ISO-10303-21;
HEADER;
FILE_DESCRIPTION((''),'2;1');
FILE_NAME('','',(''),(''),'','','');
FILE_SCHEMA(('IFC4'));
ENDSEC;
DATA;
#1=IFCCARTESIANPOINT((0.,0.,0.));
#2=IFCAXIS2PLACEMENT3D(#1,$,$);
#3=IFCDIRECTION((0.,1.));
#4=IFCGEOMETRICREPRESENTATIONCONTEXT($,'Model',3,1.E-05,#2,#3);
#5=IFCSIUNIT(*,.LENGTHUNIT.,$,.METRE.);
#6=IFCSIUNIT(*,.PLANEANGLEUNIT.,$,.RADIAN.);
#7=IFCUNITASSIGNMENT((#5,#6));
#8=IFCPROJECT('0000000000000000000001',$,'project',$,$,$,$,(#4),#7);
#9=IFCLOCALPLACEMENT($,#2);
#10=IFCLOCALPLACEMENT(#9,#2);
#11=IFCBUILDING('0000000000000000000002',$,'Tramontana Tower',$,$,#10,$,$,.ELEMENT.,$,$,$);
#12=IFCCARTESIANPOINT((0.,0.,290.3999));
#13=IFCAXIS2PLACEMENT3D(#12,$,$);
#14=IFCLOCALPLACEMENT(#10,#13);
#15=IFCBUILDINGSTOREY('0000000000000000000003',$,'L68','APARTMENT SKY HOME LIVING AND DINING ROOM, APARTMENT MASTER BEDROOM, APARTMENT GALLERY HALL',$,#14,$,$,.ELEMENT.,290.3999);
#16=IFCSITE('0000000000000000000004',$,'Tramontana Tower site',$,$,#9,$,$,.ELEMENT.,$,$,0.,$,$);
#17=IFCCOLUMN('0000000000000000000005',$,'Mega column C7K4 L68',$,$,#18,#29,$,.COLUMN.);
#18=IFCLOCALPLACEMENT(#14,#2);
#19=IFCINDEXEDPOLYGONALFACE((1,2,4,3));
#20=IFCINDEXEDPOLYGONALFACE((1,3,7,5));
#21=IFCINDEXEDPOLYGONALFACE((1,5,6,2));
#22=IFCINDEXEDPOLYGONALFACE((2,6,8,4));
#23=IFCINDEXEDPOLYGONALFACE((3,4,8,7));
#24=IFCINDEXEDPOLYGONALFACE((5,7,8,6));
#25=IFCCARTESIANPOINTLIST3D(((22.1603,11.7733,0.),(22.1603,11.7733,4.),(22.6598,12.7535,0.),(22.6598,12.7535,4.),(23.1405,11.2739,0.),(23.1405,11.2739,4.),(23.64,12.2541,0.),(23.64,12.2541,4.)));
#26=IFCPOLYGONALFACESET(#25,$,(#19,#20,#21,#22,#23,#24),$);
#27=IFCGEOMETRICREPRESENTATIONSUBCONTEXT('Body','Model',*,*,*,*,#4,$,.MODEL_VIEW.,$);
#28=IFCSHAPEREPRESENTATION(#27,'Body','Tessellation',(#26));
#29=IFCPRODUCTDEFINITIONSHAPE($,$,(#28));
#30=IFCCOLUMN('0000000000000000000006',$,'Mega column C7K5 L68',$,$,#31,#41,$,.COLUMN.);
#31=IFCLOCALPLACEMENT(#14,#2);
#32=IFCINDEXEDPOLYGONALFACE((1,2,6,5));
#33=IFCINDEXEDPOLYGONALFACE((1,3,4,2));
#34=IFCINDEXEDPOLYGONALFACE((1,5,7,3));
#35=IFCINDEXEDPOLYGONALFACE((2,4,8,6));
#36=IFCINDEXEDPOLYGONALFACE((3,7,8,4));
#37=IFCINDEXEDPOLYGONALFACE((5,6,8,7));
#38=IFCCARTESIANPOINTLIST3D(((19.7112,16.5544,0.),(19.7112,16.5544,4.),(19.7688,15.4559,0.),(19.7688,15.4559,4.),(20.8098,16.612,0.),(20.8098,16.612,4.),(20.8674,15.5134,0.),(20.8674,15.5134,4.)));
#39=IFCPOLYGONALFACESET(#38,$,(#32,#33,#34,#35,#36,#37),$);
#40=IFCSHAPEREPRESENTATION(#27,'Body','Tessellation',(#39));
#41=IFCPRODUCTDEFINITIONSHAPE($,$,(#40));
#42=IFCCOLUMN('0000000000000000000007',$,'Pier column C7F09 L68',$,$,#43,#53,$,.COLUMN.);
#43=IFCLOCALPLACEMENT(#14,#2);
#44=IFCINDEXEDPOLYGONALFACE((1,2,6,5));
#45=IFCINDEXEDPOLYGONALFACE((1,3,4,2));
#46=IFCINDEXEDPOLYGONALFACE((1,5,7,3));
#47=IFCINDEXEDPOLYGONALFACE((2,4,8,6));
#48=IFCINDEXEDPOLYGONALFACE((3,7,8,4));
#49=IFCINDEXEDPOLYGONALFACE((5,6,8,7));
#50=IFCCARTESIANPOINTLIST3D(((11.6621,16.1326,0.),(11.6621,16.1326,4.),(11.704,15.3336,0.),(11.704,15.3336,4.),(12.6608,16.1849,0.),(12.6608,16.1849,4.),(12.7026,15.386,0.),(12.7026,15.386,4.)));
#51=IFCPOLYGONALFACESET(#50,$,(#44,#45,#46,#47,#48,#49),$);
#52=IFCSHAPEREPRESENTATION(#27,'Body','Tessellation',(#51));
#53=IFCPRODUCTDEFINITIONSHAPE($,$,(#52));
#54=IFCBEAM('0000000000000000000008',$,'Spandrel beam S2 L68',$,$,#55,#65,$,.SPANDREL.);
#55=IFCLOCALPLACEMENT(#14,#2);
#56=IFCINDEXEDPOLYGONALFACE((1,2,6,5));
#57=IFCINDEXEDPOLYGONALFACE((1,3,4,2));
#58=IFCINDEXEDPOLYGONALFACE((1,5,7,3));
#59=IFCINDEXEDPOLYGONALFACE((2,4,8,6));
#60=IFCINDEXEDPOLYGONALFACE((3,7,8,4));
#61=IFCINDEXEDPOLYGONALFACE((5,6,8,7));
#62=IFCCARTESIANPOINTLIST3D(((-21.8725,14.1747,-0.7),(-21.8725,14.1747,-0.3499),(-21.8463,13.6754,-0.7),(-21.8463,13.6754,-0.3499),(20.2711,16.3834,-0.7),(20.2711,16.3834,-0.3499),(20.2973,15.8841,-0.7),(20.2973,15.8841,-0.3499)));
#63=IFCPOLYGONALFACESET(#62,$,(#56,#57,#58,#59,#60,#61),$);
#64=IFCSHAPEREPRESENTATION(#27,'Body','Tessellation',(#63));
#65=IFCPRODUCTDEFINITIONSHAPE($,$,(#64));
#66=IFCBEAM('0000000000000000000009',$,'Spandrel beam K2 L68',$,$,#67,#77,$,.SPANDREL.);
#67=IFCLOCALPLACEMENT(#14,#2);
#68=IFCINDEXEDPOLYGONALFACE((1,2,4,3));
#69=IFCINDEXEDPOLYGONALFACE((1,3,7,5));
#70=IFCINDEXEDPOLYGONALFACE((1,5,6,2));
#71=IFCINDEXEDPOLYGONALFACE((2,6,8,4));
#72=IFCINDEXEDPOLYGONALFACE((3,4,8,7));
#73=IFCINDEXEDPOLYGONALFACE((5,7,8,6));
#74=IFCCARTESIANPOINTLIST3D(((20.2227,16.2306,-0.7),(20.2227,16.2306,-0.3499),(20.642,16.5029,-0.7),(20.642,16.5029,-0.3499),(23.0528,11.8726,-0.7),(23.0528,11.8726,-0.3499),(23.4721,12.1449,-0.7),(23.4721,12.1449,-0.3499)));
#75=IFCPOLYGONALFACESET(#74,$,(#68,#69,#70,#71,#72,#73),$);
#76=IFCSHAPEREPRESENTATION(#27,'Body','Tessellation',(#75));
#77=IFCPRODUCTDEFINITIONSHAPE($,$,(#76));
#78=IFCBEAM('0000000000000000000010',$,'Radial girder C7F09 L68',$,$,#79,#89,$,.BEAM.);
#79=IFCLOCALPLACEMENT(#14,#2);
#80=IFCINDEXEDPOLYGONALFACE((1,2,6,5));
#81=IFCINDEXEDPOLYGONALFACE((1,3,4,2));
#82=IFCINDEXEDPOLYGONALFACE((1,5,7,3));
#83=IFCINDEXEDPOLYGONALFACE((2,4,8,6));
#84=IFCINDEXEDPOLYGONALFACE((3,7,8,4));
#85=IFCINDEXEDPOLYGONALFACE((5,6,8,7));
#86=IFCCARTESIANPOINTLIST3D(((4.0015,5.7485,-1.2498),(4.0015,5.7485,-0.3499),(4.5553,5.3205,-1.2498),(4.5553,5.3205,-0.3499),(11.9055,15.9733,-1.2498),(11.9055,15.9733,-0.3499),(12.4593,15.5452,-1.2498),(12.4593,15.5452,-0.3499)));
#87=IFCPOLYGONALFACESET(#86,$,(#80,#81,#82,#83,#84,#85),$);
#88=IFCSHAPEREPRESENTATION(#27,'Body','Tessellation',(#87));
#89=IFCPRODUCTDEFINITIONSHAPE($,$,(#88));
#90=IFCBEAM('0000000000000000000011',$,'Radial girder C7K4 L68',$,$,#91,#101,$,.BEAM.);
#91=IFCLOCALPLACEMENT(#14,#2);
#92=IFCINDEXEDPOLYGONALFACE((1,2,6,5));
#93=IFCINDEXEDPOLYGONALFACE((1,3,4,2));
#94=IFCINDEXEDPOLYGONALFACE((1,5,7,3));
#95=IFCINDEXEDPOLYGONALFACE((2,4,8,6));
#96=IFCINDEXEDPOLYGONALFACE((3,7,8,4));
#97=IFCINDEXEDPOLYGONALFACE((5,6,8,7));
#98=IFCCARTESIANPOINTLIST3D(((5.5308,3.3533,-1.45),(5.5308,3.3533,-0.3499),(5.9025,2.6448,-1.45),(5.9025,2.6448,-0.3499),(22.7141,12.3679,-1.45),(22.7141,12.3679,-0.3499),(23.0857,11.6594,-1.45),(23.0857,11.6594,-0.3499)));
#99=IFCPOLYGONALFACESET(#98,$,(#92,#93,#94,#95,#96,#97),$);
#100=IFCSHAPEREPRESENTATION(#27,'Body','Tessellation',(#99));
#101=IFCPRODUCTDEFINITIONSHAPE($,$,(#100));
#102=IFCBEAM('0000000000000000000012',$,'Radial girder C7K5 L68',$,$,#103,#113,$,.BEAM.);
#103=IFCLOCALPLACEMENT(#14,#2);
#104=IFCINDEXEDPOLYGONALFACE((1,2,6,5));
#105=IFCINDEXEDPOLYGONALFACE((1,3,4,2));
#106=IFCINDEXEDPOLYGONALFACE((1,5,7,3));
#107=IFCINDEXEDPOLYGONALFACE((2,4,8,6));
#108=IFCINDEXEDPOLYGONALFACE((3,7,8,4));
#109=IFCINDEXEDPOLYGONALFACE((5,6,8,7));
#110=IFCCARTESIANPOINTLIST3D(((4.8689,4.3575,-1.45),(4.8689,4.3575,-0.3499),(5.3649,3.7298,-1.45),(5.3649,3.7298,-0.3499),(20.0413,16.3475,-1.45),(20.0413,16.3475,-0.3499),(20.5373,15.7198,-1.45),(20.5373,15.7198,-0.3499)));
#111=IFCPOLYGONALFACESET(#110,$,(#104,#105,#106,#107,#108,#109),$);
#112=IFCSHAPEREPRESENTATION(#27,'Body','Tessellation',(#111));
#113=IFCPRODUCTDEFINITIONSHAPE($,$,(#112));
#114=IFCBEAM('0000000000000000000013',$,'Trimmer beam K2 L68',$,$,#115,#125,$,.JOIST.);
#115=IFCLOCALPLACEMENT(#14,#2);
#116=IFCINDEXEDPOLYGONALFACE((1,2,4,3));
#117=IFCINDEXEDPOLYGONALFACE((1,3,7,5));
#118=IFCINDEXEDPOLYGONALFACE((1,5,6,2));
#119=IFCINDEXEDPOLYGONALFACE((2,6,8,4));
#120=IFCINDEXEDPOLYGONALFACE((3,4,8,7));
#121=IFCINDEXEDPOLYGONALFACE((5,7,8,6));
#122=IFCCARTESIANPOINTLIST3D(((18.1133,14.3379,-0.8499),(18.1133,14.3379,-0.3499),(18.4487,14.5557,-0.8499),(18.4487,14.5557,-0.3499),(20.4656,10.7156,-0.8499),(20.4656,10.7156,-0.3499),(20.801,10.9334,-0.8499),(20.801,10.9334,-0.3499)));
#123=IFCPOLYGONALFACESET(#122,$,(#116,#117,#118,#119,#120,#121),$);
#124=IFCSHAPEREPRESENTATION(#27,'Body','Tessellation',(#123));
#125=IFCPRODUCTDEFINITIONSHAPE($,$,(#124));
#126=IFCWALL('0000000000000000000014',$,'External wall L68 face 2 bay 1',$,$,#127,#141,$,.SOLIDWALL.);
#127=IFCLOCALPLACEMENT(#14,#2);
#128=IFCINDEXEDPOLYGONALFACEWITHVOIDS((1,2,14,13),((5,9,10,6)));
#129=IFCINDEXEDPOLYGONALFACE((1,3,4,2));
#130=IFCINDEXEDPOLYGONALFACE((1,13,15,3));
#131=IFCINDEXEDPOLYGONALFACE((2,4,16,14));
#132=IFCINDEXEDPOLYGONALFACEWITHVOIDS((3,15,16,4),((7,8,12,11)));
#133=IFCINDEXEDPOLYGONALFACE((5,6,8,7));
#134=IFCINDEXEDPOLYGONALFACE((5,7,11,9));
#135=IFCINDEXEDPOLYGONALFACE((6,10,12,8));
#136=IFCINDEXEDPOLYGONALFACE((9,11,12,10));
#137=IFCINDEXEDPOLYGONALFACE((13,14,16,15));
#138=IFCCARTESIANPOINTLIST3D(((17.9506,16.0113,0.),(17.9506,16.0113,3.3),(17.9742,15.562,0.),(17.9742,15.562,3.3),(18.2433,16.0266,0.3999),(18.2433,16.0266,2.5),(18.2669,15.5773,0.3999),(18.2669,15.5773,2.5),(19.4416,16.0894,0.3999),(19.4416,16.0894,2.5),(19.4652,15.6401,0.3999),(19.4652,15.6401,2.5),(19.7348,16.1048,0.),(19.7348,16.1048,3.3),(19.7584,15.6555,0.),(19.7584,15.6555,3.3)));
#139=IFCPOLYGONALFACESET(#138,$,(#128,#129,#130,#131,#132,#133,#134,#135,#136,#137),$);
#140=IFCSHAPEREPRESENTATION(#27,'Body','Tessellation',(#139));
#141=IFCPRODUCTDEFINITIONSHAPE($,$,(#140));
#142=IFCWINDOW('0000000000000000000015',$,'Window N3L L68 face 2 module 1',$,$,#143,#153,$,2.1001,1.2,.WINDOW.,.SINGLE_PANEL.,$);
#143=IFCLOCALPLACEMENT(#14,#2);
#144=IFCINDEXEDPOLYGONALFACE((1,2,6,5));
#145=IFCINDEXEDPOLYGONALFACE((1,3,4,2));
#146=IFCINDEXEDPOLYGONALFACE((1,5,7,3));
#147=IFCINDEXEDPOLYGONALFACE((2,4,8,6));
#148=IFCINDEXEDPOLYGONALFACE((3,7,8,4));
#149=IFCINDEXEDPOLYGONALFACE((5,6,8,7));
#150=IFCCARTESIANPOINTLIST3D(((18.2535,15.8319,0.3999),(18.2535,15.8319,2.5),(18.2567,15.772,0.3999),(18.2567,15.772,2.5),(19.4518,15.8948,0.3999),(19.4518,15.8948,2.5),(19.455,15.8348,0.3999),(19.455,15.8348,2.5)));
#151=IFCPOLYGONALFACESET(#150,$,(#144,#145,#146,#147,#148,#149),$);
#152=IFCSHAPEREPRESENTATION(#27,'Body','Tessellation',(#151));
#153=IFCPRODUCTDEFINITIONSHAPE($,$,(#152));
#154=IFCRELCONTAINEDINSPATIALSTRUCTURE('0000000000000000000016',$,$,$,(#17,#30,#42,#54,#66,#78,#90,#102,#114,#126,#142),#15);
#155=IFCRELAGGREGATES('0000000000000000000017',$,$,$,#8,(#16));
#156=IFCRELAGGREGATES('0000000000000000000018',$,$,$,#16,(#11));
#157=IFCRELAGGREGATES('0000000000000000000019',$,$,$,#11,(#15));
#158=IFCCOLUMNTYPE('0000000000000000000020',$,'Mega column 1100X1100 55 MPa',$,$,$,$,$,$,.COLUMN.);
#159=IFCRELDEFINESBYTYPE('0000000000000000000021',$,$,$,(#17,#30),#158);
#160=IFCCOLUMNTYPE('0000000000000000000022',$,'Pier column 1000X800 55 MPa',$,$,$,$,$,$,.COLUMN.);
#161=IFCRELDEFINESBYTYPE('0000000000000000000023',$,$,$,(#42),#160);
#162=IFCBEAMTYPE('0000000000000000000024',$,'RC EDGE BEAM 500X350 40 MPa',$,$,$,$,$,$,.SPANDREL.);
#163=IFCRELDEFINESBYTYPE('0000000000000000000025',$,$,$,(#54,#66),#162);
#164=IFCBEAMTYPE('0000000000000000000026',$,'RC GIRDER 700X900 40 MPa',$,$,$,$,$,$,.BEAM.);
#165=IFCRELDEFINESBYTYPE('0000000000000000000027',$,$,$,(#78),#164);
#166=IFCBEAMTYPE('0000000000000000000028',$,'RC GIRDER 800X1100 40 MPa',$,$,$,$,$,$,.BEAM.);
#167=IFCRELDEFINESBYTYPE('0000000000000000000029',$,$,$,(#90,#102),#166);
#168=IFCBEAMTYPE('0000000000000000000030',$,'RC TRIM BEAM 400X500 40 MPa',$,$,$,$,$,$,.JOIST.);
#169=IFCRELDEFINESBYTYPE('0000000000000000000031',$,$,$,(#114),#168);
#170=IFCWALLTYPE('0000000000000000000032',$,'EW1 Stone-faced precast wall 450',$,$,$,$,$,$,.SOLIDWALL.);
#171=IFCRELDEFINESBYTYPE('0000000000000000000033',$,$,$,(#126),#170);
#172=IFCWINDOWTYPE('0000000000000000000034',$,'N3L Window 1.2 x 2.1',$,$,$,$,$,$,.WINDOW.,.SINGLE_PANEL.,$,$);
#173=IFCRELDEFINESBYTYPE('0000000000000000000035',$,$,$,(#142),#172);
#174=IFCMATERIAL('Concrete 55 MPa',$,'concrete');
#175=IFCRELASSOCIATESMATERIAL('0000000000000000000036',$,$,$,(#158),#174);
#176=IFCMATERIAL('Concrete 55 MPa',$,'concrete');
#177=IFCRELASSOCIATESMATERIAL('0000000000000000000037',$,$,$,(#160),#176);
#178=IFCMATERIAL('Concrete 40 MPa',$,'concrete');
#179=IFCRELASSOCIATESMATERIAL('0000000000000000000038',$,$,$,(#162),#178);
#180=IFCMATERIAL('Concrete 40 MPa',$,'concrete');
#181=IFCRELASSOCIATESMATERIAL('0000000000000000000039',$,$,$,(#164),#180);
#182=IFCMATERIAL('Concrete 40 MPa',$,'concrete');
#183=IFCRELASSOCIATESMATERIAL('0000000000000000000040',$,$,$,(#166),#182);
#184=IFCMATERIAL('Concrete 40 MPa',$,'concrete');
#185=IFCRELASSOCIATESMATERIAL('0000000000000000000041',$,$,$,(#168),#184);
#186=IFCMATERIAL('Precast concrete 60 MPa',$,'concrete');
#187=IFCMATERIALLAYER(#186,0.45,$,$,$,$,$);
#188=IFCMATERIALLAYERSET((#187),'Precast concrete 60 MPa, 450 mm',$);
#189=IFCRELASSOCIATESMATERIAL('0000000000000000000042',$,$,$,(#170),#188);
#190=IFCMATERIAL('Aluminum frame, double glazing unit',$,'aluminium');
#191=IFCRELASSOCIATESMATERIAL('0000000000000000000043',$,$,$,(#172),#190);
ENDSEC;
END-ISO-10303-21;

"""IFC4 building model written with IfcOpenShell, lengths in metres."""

from ifc_helpers import new_model, si_unit, direction, frame, frame_2d, origin, origin_2d, place, context, subcontext, project, spatial, rectangle, extrude, material, layer, layer_set, material_profile, profile_set, type_object, element, fill, save


model = new_model("IFC4")

# Units and contexts
model_context = context("Model", 3, precision=1e-05, world=origin(), true_north=direction((0.0, 1.0)))
body_context = subcontext(model_context, "Body", "Model", "MODEL_VIEW")
ifc_project = project(units=[si_unit("LENGTHUNIT", "METRE"), si_unit("PLANEANGLEUNIT", "RADIAN")], contexts=[model_context])

# Site, building, storey
site_placement = place(None, origin())
site = spatial("IfcSite", under=ifc_project, at=site_placement, Name="Tramontana Tower site", CompositionType="ELEMENT", RefElevation=0.0)
building_placement = place(site_placement, origin())
building = spatial("IfcBuilding", under=site, at=building_placement, Name="Tramontana Tower", CompositionType="ELEMENT")
storey_placement = place(building_placement, frame((0.0, 0.0, 290.3999)))
storey = spatial("IfcBuildingStorey", under=building, at=storey_placement, Name="L68", Description="APARTMENT SKY HOME LIVING AND DINING ROOM, APARTMENT MASTER BEDROOM, APARTMENT GALLERY HALL", CompositionType="ELEMENT", Elevation=290.3999)

# Columns
ifc_material_1 = material(Name="Concrete 55 MPa", Category="concrete")
ifc_material_profile_1 = material_profile(ifc_material_1, rectangle(XDim=1.1001, YDim=1.1001, at=origin_2d()), Name="Mega column 1100X1100 55 MPa")
ifc_profile_set_1 = profile_set([ifc_material_profile_1], Name="Concrete 55 MPa")
column_type_1 = type_object("IfcColumnType", Name="Mega column 1100X1100 55 MPa", PredefinedType="COLUMN", material=ifc_profile_set_1)
for number, where, z_axis, x_axis, name in (
    (1, (22.9001, 12.0137, 0.0), (0.0, 0.0, 1.0), (0.45399, 0.891007, 0.0), "Mega column C7K4 L68"),
    (2, (20.2893, 16.0339, 0.0), (0.0, 0.0, 1.0), (-0.99863, -0.052336, 0.0), "Mega column C7K5 L68"),
):
    element("IfcColumn", number, at=place(storey_placement, frame(where, z_axis=z_axis, x_axis=x_axis)), inside=storey, type_object=column_type_1, Name=name, PredefinedType="COLUMN", context=body_context, shape_type="SweptSolid", body=[
        extrude(rectangle(XDim=1.1001, YDim=1.1001, at=origin_2d()), origin(), (0.0, 0.0, 1.0), 4.0),
    ])
ifc_material_2 = material(Name="Concrete 55 MPa", Category="concrete")
ifc_material_profile_2 = material_profile(ifc_material_2, rectangle(XDim=1.0, YDim=0.8, at=origin_2d()), Name="Pier column 1000X800 55 MPa")
ifc_profile_set_2 = profile_set([ifc_material_profile_2], Name="Concrete 55 MPa")
column_type_2 = type_object("IfcColumnType", Name="Pier column 1000X800 55 MPa", PredefinedType="COLUMN", material=ifc_profile_set_2)
column_placement = place(storey_placement, frame((12.1824, 15.7593, 0.0), z_axis=(0.0, 0.0, 1.0), x_axis=(-0.99863, -0.052336, 0.0)))
element("IfcColumn", 3, at=column_placement, inside=storey, type_object=column_type_2, Name="Pier column C7F09 L68", PredefinedType="COLUMN", context=body_context, shape_type="SweptSolid", body=[
    extrude(rectangle(XDim=1.0, YDim=0.8, at=origin_2d()), origin(), (0.0, 0.0, 1.0), 4.0),
])

# Beams
ifc_material_3 = material(Name="Concrete 40 MPa", Category="concrete")
ifc_material_profile_3 = material_profile(ifc_material_3, rectangle(XDim=0.5, YDim=0.3501, at=origin_2d()), Name="RC EDGE BEAM 500X350 40 MPa")
ifc_profile_set_3 = profile_set([ifc_material_profile_3], Name="Concrete 40 MPa")
beam_type_1 = type_object("IfcBeamType", Name="RC EDGE BEAM 500X350 40 MPa", PredefinedType="SPANDREL", material=ifc_profile_set_3)
beam_1_placement = place(storey_placement, frame((20.2842, 16.1338, -0.5249), z_axis=(-0.998629, -0.052338, 0.0), x_axis=(0.052338, -0.998629, 0.0)))
element("IfcBeam", 4, at=beam_1_placement, inside=storey, type_object=beam_type_1, Name="Spandrel beam S2 L68", PredefinedType="SPANDREL", context=body_context, shape_type="SweptSolid", body=[
    extrude(rectangle(XDim=0.5, YDim=0.3501, at=origin_2d()), origin(), (0.0, 0.0, 1.0), 42.2014),
])
beam_2_placement = place(storey_placement, frame((23.2625, 12.0088, -0.5249), z_axis=(-0.544641, 0.838669, 0.0), x_axis=(-0.838669, -0.544641, 0.0)))
element("IfcBeam", 5, at=beam_2_placement, inside=storey, type_object=beam_type_1, Name="Spandrel beam K2 L68", PredefinedType="SPANDREL", context=body_context, shape_type="SweptSolid", body=[
    extrude(rectangle(XDim=0.5, YDim=0.3501, at=origin_2d()), origin(), (0.0, 0.0, 1.0), 5.1963),
])
ifc_material_4 = material(Name="Concrete 40 MPa", Category="concrete")
ifc_material_profile_4 = material_profile(ifc_material_4, rectangle(XDim=0.7, YDim=0.8999, at=origin_2d()), Name="RC GIRDER 700X900 40 MPa")
ifc_profile_set_4 = profile_set([ifc_material_profile_4], Name="Concrete 40 MPa")
beam_type_2 = type_object("IfcBeamType", Name="RC GIRDER 700X900 40 MPa", PredefinedType="BEAM", material=ifc_profile_set_4)
beam_3_placement = place(storey_placement, frame((12.1824, 15.7593, -0.7998), z_axis=(-0.611594, -0.791172, 0.0), x_axis=(0.791172, -0.611594, 0.0)))
element("IfcBeam", 6, at=beam_3_placement, inside=storey, type_object=beam_type_2, Name="Radial girder C7F09 L68", PredefinedType="BEAM", context=body_context, shape_type="SweptSolid", body=[
    extrude(rectangle(XDim=0.7, YDim=0.8999, at=origin_2d()), origin(), (0.0, 0.0, 1.0), 12.9236),
])
ifc_material_5 = material(Name="Concrete 40 MPa", Category="concrete")
ifc_material_profile_5 = material_profile(ifc_material_5, rectangle(XDim=0.8, YDim=1.1001, at=origin_2d()), Name="RC GIRDER 800X1100 40 MPa")
ifc_profile_set_5 = profile_set([ifc_material_profile_5], Name="Concrete 40 MPa")
beam_type_3 = type_object("IfcBeamType", Name="RC GIRDER 800X1100 40 MPa", PredefinedType="BEAM", material=ifc_profile_set_5)
beam_4_placement = place(storey_placement, frame((22.8999, 12.0137, -0.8999), z_axis=(-0.885538, -0.464567, 0.0), x_axis=(0.464567, -0.885538, 0.0)))
element("IfcBeam", 7, at=beam_4_placement, inside=storey, type_object=beam_type_3, Name="Radial girder C7K4 L68", PredefinedType="BEAM", context=body_context, shape_type="SweptSolid", body=[
    extrude(rectangle(XDim=0.8, YDim=1.1001, at=origin_2d()), origin(), (0.0, 0.0, 1.0), 19.4043),
])
beam_5_placement = place(storey_placement, frame((20.2893, 16.0337, -0.8999), z_axis=(-0.784586, -0.62002, 0.0), x_axis=(0.62002, -0.784586, 0.0)))
element("IfcBeam", 8, at=beam_5_placement, inside=storey, type_object=beam_type_3, Name="Radial girder C7K5 L68", PredefinedType="BEAM", context=body_context, shape_type="SweptSolid", body=[
    extrude(rectangle(XDim=0.8, YDim=1.1001, at=origin_2d()), origin(), (0.0, 0.0, 1.0), 19.3381),
])
ifc_material_6 = material(Name="Concrete 40 MPa", Category="concrete")
ifc_material_profile_6 = material_profile(ifc_material_6, rectangle(XDim=0.3999, YDim=0.5, at=origin_2d()), Name="RC TRIM BEAM 400X500 40 MPa")
ifc_profile_set_6 = profile_set([ifc_material_profile_6], Name="Concrete 40 MPa")
beam_type_4 = type_object("IfcBeamType", Name="RC TRIM BEAM 400X500 40 MPa", PredefinedType="JOIST", material=ifc_profile_set_6)
beam_6_placement = place(storey_placement, frame((20.6333, 10.8245, -0.5999), z_axis=(-0.544629, 0.838677, 0.0), x_axis=(-0.838677, -0.544629, 0.0)))
element("IfcBeam", 9, at=beam_6_placement, inside=storey, type_object=beam_type_4, Name="Trimmer beam K2 L68", PredefinedType="JOIST", context=body_context, shape_type="SweptSolid", body=[
    extrude(rectangle(XDim=0.3999, YDim=0.5, at=origin_2d()), origin(), (0.0, 0.0, 1.0), 4.3191),
])

# Wall, opening, window
ifc_material_7 = material(Name="Precast concrete 60 MPa", Category="concrete")
ifc_layer_1 = layer(ifc_material_7, 0.45)
ifc_layer_set_1 = layer_set([ifc_layer_1], Name="Precast concrete 60 MPa, 450 mm")
wall_type_1 = type_object("IfcWallType", Name="EW1 Stone-faced precast wall 450", PredefinedType="SOLIDWALL", material=ifc_layer_set_1)
wall_1_placement = place(storey_placement, frame((19.7466, 15.8801, 0.0), z_axis=(0.0, 0.0, 1.0), x_axis=(-0.99863, -0.052336, 0.0)))
wall_1 = element("IfcWall", 10, at=wall_1_placement, inside=storey, type_object=wall_type_1, Name="External wall L68 face 2 bay 1", PredefinedType="SOLIDWALL", context=body_context, shape_type="SweptSolid", body=[
    extrude(rectangle(XDim=1.7866, YDim=0.45, at=frame_2d((0.8933, 0.0))), origin(), (0.0, 0.0, 1.0), 3.3),
])
opening_1_placement = place(wall_1_placement, frame((0.2935, 0.0, 0.3999)))
opening_1 = element("IfcOpeningElement", 11, at=opening_1_placement, cuts=wall_1, PredefinedType="OPENING", context=body_context, shape_type="SweptSolid", body=[
    extrude(rectangle(XDim=1.2, YDim=2.1001, at=frame_2d((0.6001, 1.05))), frame((0.0, 0.2349, 0.0), z_axis=(0.0, -1.0, 0.0), x_axis=(1.0, 0.0, 0.0)), (0.0, 0.0, 1.0), 0.47),
])
ifc_material_8 = material(Name="Aluminum frame, double glazing unit", Category="aluminium")
window_type_1 = type_object("IfcWindowType", Name="N3L Window 1.2 x 2.1", PartitioningType="SINGLE_PANEL", PredefinedType="WINDOW", material=ifc_material_8)
window_1_placement = place(opening_1_placement, origin())
window_1 = element("IfcWindow", 12, at=window_1_placement, inside=storey, type_object=window_type_1, Name="Window N3L L68 face 2 module 1", OverallHeight=2.1001, OverallWidth=1.2, PartitioningType="SINGLE_PANEL", PredefinedType="WINDOW", context=body_context, shape_type="SweptSolid", body=[
    extrude(rectangle(XDim=1.2, YDim=2.1001, at=frame_2d((0.6001, 1.05))), frame((0.0, 0.03, 0.0), z_axis=(0.0, -1.0, 0.0), x_axis=(1.0, 0.0, 0.0)), (0.0, 0.0, 1.0), 0.0601),
])
fill(opening_1, window_1)

save(model, "model.ifc")
